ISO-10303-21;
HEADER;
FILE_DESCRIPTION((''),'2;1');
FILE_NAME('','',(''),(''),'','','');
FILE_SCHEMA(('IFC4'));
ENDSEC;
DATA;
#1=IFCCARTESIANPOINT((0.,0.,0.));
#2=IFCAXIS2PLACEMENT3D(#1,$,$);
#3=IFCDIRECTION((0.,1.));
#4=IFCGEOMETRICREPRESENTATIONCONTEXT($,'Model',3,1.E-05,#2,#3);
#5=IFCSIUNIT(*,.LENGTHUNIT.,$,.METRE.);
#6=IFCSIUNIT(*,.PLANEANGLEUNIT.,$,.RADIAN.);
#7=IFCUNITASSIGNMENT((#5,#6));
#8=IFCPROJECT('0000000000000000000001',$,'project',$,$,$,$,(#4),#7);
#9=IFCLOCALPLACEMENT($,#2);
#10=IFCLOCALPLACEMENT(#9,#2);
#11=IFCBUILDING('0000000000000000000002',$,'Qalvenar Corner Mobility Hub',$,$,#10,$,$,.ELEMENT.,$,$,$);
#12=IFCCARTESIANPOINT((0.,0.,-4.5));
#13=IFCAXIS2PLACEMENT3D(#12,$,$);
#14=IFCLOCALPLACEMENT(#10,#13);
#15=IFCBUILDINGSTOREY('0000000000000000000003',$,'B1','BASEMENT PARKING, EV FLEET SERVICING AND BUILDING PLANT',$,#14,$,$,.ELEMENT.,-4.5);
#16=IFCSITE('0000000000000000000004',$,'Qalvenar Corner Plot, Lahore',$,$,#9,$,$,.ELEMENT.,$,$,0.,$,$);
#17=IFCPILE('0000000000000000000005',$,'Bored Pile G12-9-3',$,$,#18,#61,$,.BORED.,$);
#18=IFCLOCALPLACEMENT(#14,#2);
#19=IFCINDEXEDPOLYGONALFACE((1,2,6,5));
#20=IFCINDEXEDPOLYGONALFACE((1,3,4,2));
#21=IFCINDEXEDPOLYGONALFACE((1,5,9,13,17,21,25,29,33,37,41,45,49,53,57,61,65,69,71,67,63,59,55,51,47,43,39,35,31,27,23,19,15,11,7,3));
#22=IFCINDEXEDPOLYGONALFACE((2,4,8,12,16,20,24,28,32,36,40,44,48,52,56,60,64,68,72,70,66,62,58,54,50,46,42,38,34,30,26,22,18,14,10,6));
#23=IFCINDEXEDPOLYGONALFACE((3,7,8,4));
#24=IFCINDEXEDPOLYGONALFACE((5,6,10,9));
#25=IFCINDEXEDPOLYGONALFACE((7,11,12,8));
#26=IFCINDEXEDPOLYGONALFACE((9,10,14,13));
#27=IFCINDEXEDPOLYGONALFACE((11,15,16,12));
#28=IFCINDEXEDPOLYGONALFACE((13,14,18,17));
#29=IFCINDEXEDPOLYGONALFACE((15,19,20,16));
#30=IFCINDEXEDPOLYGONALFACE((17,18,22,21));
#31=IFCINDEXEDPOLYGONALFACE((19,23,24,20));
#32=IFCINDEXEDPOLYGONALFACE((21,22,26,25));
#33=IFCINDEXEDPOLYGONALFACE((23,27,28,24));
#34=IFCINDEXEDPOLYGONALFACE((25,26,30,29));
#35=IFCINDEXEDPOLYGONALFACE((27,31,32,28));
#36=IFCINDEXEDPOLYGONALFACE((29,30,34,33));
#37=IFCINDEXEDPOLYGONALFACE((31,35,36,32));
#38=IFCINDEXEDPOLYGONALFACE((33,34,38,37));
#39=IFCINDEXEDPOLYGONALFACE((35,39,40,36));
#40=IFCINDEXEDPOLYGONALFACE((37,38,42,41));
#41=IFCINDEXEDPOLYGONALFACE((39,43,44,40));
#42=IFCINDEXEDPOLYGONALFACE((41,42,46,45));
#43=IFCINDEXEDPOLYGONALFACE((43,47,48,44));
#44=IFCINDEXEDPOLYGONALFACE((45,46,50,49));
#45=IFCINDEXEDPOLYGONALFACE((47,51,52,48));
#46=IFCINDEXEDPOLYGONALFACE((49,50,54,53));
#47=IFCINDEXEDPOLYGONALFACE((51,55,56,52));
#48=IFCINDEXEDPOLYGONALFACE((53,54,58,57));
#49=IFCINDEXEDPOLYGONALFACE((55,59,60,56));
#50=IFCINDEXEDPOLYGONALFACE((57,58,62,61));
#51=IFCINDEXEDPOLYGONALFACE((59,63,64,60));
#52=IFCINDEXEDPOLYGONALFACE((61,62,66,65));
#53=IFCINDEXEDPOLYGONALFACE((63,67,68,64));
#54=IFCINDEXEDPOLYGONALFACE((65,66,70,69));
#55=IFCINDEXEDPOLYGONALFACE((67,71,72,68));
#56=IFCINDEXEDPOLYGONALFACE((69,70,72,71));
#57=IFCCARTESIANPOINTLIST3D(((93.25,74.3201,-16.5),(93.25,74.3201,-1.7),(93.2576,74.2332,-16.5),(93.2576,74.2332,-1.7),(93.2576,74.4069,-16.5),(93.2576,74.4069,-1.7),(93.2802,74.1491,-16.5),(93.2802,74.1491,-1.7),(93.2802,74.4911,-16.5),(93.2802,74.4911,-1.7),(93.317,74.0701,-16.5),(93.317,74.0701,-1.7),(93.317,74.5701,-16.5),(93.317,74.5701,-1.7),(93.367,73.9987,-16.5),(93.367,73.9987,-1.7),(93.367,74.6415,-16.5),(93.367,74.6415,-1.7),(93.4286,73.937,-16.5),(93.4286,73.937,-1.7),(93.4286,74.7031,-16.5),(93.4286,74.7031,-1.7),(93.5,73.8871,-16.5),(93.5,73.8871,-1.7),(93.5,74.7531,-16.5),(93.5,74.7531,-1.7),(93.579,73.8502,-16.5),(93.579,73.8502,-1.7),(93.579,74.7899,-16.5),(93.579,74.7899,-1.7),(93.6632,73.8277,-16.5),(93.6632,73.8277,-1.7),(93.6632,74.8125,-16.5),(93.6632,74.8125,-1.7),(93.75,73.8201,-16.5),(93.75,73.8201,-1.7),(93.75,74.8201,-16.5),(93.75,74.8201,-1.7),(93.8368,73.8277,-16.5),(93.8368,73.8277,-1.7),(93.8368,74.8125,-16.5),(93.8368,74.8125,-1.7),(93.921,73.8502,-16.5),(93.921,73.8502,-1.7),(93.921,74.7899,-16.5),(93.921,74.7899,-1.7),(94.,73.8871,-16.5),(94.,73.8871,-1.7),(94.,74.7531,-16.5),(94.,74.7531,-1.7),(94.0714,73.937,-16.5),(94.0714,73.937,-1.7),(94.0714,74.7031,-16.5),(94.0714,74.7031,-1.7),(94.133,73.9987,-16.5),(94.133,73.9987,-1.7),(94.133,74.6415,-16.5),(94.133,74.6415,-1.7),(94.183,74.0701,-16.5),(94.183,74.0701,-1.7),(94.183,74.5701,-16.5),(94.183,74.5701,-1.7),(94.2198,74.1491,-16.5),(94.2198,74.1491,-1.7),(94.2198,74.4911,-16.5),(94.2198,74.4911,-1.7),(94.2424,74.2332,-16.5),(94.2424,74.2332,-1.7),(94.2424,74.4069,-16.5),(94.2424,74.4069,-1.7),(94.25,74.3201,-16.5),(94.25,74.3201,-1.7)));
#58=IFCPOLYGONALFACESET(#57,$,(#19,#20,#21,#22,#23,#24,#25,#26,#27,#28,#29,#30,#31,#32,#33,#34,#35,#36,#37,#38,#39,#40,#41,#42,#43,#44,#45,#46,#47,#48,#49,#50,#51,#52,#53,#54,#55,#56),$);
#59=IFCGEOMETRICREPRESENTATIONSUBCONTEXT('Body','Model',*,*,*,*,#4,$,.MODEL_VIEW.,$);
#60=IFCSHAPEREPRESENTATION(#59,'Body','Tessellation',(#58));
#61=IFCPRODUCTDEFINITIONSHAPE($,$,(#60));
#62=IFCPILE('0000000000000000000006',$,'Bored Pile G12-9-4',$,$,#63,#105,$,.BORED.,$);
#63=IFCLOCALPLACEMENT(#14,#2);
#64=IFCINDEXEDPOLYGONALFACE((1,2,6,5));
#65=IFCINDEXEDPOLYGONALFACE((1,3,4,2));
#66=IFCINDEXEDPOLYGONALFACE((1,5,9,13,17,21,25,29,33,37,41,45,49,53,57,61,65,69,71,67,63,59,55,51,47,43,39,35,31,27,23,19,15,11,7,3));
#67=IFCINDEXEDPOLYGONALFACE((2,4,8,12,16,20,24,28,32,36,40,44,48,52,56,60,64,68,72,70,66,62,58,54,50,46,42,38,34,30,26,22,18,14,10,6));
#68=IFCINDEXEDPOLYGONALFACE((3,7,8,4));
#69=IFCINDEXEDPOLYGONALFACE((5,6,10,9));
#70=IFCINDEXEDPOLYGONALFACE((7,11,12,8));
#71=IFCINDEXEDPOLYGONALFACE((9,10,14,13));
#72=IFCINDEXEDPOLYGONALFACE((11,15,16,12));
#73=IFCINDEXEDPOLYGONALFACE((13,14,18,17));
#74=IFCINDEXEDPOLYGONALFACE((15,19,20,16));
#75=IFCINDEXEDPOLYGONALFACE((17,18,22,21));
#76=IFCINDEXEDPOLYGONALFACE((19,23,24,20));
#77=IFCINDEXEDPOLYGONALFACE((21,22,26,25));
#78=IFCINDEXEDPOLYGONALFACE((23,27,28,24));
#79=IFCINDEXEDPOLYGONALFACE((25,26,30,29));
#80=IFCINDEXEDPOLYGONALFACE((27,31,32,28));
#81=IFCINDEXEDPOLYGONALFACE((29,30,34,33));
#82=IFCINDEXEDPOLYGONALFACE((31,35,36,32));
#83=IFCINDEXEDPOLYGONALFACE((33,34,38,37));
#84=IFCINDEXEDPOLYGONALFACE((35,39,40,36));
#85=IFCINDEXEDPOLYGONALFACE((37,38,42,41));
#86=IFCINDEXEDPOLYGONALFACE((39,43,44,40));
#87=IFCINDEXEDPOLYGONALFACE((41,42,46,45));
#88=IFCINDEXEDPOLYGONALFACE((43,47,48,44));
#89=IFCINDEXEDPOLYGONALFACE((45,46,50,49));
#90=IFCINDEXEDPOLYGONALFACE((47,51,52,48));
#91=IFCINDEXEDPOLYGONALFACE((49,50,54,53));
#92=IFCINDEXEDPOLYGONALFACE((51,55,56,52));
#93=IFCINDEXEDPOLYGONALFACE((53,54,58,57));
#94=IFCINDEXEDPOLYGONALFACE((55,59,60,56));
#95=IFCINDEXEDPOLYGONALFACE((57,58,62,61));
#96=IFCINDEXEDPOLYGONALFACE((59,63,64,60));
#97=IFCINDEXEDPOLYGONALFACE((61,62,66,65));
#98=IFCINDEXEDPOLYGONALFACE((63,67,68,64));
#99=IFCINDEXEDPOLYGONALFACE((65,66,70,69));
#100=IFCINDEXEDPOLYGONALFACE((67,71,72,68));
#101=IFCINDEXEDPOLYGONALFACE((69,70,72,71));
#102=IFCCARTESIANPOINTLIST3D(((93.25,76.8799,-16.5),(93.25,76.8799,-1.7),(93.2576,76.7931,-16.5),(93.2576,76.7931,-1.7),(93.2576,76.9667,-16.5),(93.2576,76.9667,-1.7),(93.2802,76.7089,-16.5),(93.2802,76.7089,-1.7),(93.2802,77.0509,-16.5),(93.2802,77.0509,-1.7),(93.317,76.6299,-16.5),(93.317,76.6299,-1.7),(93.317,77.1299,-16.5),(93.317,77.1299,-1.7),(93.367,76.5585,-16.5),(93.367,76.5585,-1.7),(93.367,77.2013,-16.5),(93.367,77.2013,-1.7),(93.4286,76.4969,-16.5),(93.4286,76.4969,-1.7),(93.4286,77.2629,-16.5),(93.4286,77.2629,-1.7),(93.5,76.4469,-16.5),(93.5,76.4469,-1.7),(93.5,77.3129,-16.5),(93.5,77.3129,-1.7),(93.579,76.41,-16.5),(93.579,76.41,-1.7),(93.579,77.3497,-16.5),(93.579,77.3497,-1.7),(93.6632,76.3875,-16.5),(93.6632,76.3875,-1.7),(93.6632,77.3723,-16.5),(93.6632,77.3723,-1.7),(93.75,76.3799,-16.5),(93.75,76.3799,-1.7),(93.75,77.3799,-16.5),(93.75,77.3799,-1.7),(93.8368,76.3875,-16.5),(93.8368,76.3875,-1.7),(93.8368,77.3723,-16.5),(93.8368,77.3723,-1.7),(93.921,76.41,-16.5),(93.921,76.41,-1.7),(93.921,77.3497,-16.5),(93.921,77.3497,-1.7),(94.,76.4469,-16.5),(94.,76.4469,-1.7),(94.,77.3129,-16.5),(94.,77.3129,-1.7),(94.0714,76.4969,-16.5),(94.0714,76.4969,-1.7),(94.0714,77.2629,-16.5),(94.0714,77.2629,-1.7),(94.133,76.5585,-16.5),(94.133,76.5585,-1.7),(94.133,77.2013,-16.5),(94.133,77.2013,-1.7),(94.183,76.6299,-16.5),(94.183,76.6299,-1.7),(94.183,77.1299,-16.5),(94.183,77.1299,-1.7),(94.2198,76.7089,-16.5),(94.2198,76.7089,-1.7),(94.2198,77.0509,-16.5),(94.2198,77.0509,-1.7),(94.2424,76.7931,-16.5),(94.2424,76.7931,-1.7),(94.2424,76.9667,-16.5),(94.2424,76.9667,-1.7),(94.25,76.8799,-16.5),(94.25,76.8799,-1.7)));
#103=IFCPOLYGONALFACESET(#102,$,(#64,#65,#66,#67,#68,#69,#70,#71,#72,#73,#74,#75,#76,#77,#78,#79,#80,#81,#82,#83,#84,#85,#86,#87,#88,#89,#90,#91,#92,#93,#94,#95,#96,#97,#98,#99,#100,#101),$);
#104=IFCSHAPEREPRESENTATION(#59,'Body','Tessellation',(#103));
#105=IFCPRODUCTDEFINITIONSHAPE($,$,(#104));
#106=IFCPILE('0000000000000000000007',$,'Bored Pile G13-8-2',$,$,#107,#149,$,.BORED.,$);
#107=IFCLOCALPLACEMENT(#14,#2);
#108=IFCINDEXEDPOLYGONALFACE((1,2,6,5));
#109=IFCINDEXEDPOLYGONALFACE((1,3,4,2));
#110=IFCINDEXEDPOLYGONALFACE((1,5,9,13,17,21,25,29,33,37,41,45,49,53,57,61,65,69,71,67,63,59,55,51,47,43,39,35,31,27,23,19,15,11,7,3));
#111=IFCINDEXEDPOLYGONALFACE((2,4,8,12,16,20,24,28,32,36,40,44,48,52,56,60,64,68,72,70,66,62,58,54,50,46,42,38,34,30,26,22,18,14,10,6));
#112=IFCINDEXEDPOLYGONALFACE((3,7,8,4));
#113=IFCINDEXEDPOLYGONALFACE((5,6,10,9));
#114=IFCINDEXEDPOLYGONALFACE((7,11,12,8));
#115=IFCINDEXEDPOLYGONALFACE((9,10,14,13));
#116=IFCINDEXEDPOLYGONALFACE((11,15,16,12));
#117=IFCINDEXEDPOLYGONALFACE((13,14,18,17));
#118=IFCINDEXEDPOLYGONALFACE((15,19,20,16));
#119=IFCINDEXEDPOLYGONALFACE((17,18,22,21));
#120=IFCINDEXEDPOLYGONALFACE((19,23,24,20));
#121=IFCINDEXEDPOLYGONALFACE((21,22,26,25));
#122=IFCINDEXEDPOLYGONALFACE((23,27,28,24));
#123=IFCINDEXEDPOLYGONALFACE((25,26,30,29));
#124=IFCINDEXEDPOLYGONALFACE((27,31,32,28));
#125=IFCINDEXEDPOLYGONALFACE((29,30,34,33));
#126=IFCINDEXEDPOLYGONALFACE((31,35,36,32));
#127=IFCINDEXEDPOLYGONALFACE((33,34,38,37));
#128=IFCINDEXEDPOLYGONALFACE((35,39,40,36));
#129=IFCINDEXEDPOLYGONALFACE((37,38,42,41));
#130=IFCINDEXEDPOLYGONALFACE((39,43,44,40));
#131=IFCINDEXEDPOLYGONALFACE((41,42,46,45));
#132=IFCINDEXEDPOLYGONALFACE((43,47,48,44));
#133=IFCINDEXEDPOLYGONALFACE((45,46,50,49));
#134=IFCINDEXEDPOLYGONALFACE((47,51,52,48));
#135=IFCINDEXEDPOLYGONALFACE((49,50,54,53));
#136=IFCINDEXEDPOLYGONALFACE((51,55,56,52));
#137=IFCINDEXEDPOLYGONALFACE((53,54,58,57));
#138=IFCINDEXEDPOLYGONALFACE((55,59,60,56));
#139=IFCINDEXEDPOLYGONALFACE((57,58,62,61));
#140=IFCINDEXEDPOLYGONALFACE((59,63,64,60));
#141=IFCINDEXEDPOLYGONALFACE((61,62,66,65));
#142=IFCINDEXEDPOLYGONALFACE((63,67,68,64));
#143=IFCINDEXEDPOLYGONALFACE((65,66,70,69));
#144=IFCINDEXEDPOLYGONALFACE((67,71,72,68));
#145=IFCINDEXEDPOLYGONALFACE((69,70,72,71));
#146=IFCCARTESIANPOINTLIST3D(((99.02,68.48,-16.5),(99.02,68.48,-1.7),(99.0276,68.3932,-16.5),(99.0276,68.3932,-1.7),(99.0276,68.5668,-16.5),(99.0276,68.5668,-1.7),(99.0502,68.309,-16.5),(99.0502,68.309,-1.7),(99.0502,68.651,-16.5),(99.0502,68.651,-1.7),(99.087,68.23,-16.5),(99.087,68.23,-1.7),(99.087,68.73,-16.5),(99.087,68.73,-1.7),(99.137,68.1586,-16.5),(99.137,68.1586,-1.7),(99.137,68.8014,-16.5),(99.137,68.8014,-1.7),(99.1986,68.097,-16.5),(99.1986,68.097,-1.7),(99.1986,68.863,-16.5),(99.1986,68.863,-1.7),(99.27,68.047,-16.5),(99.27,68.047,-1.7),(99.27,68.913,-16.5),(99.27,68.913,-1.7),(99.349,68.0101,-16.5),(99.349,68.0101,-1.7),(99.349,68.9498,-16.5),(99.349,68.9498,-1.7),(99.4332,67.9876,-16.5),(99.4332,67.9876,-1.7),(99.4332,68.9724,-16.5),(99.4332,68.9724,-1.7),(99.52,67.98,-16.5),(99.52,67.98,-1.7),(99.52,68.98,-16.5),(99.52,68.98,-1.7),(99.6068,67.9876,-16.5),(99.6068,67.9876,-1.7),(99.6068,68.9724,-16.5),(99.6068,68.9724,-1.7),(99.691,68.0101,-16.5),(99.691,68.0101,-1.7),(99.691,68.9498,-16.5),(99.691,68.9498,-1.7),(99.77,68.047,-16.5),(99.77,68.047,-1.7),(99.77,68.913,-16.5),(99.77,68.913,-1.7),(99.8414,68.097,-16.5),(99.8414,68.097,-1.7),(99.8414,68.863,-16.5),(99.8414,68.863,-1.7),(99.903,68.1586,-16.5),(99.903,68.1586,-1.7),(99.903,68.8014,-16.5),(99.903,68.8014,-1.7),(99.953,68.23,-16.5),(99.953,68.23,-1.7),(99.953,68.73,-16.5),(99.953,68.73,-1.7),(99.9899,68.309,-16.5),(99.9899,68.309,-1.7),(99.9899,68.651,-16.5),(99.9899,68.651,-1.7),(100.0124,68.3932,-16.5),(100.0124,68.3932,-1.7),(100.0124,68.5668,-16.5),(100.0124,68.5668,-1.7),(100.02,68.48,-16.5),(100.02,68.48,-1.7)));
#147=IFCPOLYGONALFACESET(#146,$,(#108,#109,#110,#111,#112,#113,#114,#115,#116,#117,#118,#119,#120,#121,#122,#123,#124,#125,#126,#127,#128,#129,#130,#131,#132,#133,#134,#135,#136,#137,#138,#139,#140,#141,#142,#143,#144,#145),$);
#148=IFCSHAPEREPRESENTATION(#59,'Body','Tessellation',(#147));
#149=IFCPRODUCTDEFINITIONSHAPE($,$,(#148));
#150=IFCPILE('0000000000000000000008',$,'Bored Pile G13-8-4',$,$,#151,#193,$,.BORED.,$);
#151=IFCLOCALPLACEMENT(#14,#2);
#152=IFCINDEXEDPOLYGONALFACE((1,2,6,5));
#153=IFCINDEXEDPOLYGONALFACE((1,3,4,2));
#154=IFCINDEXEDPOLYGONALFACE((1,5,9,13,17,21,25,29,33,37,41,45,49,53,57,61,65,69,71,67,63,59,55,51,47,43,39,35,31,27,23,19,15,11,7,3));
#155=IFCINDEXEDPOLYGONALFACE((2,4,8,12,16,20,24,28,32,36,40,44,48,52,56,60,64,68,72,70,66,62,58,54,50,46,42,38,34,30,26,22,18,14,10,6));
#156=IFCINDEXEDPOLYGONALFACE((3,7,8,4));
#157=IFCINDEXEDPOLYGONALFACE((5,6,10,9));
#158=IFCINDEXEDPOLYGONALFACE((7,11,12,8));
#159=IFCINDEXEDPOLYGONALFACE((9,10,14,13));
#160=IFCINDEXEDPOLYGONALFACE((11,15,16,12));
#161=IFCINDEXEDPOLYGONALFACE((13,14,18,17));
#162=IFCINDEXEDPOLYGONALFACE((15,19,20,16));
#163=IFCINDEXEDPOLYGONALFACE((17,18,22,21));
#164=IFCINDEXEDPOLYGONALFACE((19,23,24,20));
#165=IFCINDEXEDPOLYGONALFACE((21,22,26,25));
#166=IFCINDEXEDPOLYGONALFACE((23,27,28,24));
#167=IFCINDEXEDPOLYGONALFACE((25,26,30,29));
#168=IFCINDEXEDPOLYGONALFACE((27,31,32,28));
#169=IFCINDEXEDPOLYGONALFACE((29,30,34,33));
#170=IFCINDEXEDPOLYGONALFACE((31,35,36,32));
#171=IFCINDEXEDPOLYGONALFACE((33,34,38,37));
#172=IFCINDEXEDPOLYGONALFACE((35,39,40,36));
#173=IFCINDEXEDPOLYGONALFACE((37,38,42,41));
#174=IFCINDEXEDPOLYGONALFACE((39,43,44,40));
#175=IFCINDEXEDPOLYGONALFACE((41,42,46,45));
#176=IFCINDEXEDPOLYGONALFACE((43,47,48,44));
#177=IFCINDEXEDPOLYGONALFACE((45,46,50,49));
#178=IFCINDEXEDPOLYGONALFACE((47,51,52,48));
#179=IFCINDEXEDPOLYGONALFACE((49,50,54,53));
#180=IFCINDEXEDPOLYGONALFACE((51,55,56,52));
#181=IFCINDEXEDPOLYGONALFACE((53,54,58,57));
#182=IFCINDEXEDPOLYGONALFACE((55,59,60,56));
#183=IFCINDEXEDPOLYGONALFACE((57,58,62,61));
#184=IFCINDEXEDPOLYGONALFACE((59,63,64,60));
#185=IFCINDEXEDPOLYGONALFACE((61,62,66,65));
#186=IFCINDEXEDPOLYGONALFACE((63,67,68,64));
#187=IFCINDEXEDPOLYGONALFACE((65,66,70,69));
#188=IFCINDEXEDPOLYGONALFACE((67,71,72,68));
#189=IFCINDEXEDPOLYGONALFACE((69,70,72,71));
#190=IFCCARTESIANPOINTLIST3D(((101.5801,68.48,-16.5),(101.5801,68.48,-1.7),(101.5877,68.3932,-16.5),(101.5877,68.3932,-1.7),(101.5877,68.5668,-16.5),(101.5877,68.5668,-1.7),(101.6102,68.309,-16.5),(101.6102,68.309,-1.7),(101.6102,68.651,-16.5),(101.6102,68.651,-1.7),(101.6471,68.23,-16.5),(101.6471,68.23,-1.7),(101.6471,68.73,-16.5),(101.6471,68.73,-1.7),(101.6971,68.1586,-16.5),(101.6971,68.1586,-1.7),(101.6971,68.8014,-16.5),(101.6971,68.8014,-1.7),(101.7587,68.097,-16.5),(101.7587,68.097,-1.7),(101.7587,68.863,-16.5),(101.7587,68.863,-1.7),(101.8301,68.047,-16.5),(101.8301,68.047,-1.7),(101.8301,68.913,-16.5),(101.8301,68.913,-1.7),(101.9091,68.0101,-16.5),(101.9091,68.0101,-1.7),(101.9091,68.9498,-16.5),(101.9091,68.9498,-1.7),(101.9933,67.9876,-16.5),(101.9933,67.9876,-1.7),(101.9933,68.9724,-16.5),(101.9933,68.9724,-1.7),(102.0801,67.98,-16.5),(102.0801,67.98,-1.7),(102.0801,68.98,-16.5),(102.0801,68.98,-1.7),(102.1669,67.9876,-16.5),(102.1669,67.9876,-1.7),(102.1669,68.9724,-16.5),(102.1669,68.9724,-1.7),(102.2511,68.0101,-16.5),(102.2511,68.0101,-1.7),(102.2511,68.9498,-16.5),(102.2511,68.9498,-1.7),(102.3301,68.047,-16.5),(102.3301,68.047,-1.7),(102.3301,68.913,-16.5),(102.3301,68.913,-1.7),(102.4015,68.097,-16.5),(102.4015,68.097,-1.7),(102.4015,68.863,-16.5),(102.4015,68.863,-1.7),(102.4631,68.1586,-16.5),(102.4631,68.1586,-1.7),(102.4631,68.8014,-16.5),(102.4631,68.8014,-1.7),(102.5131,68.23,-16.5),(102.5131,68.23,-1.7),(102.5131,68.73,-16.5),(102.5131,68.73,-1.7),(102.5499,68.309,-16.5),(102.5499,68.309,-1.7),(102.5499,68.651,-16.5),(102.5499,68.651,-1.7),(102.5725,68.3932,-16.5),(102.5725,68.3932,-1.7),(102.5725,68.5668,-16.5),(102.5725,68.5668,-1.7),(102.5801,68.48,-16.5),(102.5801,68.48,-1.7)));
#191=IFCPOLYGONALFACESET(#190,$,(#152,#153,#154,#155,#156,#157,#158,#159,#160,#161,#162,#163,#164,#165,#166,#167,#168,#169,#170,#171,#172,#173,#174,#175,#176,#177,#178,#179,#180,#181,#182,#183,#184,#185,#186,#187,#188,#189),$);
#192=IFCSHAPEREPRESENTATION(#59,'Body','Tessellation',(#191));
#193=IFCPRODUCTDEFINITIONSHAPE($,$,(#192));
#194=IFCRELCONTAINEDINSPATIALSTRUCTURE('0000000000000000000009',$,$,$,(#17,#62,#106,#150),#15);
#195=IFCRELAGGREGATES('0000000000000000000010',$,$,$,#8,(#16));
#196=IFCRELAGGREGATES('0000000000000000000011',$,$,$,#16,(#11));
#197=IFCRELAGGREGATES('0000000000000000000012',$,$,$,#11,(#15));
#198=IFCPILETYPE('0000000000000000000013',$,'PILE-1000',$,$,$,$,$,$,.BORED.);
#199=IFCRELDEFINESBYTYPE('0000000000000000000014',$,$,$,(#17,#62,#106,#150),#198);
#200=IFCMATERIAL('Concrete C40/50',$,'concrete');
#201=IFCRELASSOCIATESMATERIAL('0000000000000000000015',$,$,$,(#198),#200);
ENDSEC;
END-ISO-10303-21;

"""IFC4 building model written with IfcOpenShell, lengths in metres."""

from ifc_helpers import new_model, si_unit, direction, frame, origin, origin_2d, place, context, subcontext, project, spatial, circle, extrude, material, material_profile, profile_set, type_object, element, save


model = new_model("IFC4")

# Units and contexts
model_context = context("Model", 3, precision=1e-05, world=origin(), true_north=direction((0.0, 1.0)))
body_context = subcontext(model_context, "Body", "Model", "MODEL_VIEW")
ifc_project = project(units=[si_unit("LENGTHUNIT", "METRE"), si_unit("PLANEANGLEUNIT", "RADIAN")], contexts=[model_context])

# Site, building, storey
site_placement = place(None, origin())
site = spatial("IfcSite", under=ifc_project, at=site_placement, Name="Qalvenar Corner Plot, Lahore", CompositionType="ELEMENT", RefElevation=0.0)
building_placement = place(site_placement, origin())
building = spatial("IfcBuilding", under=site, at=building_placement, Name="Qalvenar Corner Mobility Hub", CompositionType="ELEMENT")
storey_placement = place(building_placement, frame((0.0, 0.0, -4.5)))
storey = spatial("IfcBuildingStorey", under=building, at=storey_placement, Name="B1", Description="BASEMENT PARKING, EV FLEET SERVICING AND BUILDING PLANT", CompositionType="ELEMENT", Elevation=-4.5)

# Shared definitions
ifc_material_1 = material(Name="Concrete C40/50", Category="concrete")

# Piles
ifc_material_profile_1 = material_profile(ifc_material_1, circle(Radius=0.5, at=origin_2d()), Name="DIA1000")
ifc_profile_set_1 = profile_set([ifc_material_profile_1], Name="Concrete C40/50")
pile_type = type_object("IfcPileType", Name="PILE-1000", PredefinedType="BORED", material=ifc_profile_set_1)
for number, where, z_axis, x_axis, name in (
    (1, (93.75, 74.3201, -1.7), (0.0, 0.0, -1.0), (1.0, 0.0, 0.0), "Bored Pile G12-9-3"),
    (2, (93.75, 76.8799, -1.7), (0.0, 0.0, -1.0), (1.0, 0.0, 0.0), "Bored Pile G12-9-4"),
    (3, (99.52, 68.48, -1.7), (0.0, 0.0, -1.0), (1.0, 0.0, 0.0), "Bored Pile G13-8-2"),
    (4, (102.0801, 68.48, -1.7), (0.0, 0.0, -1.0), (1.0, 0.0, 0.0), "Bored Pile G13-8-4"),
):
    element("IfcPile", number, at=place(storey_placement, frame(where, z_axis=z_axis, x_axis=x_axis)), inside=storey, type_object=pile_type, Name=name, PredefinedType="BORED", context=body_context, shape_type="SweptSolid", body=[
        extrude(circle(Radius=0.5, at=origin_2d()), origin(), (0.0, 0.0, 1.0), 14.8),
    ])

save(model, "model.ifc")
